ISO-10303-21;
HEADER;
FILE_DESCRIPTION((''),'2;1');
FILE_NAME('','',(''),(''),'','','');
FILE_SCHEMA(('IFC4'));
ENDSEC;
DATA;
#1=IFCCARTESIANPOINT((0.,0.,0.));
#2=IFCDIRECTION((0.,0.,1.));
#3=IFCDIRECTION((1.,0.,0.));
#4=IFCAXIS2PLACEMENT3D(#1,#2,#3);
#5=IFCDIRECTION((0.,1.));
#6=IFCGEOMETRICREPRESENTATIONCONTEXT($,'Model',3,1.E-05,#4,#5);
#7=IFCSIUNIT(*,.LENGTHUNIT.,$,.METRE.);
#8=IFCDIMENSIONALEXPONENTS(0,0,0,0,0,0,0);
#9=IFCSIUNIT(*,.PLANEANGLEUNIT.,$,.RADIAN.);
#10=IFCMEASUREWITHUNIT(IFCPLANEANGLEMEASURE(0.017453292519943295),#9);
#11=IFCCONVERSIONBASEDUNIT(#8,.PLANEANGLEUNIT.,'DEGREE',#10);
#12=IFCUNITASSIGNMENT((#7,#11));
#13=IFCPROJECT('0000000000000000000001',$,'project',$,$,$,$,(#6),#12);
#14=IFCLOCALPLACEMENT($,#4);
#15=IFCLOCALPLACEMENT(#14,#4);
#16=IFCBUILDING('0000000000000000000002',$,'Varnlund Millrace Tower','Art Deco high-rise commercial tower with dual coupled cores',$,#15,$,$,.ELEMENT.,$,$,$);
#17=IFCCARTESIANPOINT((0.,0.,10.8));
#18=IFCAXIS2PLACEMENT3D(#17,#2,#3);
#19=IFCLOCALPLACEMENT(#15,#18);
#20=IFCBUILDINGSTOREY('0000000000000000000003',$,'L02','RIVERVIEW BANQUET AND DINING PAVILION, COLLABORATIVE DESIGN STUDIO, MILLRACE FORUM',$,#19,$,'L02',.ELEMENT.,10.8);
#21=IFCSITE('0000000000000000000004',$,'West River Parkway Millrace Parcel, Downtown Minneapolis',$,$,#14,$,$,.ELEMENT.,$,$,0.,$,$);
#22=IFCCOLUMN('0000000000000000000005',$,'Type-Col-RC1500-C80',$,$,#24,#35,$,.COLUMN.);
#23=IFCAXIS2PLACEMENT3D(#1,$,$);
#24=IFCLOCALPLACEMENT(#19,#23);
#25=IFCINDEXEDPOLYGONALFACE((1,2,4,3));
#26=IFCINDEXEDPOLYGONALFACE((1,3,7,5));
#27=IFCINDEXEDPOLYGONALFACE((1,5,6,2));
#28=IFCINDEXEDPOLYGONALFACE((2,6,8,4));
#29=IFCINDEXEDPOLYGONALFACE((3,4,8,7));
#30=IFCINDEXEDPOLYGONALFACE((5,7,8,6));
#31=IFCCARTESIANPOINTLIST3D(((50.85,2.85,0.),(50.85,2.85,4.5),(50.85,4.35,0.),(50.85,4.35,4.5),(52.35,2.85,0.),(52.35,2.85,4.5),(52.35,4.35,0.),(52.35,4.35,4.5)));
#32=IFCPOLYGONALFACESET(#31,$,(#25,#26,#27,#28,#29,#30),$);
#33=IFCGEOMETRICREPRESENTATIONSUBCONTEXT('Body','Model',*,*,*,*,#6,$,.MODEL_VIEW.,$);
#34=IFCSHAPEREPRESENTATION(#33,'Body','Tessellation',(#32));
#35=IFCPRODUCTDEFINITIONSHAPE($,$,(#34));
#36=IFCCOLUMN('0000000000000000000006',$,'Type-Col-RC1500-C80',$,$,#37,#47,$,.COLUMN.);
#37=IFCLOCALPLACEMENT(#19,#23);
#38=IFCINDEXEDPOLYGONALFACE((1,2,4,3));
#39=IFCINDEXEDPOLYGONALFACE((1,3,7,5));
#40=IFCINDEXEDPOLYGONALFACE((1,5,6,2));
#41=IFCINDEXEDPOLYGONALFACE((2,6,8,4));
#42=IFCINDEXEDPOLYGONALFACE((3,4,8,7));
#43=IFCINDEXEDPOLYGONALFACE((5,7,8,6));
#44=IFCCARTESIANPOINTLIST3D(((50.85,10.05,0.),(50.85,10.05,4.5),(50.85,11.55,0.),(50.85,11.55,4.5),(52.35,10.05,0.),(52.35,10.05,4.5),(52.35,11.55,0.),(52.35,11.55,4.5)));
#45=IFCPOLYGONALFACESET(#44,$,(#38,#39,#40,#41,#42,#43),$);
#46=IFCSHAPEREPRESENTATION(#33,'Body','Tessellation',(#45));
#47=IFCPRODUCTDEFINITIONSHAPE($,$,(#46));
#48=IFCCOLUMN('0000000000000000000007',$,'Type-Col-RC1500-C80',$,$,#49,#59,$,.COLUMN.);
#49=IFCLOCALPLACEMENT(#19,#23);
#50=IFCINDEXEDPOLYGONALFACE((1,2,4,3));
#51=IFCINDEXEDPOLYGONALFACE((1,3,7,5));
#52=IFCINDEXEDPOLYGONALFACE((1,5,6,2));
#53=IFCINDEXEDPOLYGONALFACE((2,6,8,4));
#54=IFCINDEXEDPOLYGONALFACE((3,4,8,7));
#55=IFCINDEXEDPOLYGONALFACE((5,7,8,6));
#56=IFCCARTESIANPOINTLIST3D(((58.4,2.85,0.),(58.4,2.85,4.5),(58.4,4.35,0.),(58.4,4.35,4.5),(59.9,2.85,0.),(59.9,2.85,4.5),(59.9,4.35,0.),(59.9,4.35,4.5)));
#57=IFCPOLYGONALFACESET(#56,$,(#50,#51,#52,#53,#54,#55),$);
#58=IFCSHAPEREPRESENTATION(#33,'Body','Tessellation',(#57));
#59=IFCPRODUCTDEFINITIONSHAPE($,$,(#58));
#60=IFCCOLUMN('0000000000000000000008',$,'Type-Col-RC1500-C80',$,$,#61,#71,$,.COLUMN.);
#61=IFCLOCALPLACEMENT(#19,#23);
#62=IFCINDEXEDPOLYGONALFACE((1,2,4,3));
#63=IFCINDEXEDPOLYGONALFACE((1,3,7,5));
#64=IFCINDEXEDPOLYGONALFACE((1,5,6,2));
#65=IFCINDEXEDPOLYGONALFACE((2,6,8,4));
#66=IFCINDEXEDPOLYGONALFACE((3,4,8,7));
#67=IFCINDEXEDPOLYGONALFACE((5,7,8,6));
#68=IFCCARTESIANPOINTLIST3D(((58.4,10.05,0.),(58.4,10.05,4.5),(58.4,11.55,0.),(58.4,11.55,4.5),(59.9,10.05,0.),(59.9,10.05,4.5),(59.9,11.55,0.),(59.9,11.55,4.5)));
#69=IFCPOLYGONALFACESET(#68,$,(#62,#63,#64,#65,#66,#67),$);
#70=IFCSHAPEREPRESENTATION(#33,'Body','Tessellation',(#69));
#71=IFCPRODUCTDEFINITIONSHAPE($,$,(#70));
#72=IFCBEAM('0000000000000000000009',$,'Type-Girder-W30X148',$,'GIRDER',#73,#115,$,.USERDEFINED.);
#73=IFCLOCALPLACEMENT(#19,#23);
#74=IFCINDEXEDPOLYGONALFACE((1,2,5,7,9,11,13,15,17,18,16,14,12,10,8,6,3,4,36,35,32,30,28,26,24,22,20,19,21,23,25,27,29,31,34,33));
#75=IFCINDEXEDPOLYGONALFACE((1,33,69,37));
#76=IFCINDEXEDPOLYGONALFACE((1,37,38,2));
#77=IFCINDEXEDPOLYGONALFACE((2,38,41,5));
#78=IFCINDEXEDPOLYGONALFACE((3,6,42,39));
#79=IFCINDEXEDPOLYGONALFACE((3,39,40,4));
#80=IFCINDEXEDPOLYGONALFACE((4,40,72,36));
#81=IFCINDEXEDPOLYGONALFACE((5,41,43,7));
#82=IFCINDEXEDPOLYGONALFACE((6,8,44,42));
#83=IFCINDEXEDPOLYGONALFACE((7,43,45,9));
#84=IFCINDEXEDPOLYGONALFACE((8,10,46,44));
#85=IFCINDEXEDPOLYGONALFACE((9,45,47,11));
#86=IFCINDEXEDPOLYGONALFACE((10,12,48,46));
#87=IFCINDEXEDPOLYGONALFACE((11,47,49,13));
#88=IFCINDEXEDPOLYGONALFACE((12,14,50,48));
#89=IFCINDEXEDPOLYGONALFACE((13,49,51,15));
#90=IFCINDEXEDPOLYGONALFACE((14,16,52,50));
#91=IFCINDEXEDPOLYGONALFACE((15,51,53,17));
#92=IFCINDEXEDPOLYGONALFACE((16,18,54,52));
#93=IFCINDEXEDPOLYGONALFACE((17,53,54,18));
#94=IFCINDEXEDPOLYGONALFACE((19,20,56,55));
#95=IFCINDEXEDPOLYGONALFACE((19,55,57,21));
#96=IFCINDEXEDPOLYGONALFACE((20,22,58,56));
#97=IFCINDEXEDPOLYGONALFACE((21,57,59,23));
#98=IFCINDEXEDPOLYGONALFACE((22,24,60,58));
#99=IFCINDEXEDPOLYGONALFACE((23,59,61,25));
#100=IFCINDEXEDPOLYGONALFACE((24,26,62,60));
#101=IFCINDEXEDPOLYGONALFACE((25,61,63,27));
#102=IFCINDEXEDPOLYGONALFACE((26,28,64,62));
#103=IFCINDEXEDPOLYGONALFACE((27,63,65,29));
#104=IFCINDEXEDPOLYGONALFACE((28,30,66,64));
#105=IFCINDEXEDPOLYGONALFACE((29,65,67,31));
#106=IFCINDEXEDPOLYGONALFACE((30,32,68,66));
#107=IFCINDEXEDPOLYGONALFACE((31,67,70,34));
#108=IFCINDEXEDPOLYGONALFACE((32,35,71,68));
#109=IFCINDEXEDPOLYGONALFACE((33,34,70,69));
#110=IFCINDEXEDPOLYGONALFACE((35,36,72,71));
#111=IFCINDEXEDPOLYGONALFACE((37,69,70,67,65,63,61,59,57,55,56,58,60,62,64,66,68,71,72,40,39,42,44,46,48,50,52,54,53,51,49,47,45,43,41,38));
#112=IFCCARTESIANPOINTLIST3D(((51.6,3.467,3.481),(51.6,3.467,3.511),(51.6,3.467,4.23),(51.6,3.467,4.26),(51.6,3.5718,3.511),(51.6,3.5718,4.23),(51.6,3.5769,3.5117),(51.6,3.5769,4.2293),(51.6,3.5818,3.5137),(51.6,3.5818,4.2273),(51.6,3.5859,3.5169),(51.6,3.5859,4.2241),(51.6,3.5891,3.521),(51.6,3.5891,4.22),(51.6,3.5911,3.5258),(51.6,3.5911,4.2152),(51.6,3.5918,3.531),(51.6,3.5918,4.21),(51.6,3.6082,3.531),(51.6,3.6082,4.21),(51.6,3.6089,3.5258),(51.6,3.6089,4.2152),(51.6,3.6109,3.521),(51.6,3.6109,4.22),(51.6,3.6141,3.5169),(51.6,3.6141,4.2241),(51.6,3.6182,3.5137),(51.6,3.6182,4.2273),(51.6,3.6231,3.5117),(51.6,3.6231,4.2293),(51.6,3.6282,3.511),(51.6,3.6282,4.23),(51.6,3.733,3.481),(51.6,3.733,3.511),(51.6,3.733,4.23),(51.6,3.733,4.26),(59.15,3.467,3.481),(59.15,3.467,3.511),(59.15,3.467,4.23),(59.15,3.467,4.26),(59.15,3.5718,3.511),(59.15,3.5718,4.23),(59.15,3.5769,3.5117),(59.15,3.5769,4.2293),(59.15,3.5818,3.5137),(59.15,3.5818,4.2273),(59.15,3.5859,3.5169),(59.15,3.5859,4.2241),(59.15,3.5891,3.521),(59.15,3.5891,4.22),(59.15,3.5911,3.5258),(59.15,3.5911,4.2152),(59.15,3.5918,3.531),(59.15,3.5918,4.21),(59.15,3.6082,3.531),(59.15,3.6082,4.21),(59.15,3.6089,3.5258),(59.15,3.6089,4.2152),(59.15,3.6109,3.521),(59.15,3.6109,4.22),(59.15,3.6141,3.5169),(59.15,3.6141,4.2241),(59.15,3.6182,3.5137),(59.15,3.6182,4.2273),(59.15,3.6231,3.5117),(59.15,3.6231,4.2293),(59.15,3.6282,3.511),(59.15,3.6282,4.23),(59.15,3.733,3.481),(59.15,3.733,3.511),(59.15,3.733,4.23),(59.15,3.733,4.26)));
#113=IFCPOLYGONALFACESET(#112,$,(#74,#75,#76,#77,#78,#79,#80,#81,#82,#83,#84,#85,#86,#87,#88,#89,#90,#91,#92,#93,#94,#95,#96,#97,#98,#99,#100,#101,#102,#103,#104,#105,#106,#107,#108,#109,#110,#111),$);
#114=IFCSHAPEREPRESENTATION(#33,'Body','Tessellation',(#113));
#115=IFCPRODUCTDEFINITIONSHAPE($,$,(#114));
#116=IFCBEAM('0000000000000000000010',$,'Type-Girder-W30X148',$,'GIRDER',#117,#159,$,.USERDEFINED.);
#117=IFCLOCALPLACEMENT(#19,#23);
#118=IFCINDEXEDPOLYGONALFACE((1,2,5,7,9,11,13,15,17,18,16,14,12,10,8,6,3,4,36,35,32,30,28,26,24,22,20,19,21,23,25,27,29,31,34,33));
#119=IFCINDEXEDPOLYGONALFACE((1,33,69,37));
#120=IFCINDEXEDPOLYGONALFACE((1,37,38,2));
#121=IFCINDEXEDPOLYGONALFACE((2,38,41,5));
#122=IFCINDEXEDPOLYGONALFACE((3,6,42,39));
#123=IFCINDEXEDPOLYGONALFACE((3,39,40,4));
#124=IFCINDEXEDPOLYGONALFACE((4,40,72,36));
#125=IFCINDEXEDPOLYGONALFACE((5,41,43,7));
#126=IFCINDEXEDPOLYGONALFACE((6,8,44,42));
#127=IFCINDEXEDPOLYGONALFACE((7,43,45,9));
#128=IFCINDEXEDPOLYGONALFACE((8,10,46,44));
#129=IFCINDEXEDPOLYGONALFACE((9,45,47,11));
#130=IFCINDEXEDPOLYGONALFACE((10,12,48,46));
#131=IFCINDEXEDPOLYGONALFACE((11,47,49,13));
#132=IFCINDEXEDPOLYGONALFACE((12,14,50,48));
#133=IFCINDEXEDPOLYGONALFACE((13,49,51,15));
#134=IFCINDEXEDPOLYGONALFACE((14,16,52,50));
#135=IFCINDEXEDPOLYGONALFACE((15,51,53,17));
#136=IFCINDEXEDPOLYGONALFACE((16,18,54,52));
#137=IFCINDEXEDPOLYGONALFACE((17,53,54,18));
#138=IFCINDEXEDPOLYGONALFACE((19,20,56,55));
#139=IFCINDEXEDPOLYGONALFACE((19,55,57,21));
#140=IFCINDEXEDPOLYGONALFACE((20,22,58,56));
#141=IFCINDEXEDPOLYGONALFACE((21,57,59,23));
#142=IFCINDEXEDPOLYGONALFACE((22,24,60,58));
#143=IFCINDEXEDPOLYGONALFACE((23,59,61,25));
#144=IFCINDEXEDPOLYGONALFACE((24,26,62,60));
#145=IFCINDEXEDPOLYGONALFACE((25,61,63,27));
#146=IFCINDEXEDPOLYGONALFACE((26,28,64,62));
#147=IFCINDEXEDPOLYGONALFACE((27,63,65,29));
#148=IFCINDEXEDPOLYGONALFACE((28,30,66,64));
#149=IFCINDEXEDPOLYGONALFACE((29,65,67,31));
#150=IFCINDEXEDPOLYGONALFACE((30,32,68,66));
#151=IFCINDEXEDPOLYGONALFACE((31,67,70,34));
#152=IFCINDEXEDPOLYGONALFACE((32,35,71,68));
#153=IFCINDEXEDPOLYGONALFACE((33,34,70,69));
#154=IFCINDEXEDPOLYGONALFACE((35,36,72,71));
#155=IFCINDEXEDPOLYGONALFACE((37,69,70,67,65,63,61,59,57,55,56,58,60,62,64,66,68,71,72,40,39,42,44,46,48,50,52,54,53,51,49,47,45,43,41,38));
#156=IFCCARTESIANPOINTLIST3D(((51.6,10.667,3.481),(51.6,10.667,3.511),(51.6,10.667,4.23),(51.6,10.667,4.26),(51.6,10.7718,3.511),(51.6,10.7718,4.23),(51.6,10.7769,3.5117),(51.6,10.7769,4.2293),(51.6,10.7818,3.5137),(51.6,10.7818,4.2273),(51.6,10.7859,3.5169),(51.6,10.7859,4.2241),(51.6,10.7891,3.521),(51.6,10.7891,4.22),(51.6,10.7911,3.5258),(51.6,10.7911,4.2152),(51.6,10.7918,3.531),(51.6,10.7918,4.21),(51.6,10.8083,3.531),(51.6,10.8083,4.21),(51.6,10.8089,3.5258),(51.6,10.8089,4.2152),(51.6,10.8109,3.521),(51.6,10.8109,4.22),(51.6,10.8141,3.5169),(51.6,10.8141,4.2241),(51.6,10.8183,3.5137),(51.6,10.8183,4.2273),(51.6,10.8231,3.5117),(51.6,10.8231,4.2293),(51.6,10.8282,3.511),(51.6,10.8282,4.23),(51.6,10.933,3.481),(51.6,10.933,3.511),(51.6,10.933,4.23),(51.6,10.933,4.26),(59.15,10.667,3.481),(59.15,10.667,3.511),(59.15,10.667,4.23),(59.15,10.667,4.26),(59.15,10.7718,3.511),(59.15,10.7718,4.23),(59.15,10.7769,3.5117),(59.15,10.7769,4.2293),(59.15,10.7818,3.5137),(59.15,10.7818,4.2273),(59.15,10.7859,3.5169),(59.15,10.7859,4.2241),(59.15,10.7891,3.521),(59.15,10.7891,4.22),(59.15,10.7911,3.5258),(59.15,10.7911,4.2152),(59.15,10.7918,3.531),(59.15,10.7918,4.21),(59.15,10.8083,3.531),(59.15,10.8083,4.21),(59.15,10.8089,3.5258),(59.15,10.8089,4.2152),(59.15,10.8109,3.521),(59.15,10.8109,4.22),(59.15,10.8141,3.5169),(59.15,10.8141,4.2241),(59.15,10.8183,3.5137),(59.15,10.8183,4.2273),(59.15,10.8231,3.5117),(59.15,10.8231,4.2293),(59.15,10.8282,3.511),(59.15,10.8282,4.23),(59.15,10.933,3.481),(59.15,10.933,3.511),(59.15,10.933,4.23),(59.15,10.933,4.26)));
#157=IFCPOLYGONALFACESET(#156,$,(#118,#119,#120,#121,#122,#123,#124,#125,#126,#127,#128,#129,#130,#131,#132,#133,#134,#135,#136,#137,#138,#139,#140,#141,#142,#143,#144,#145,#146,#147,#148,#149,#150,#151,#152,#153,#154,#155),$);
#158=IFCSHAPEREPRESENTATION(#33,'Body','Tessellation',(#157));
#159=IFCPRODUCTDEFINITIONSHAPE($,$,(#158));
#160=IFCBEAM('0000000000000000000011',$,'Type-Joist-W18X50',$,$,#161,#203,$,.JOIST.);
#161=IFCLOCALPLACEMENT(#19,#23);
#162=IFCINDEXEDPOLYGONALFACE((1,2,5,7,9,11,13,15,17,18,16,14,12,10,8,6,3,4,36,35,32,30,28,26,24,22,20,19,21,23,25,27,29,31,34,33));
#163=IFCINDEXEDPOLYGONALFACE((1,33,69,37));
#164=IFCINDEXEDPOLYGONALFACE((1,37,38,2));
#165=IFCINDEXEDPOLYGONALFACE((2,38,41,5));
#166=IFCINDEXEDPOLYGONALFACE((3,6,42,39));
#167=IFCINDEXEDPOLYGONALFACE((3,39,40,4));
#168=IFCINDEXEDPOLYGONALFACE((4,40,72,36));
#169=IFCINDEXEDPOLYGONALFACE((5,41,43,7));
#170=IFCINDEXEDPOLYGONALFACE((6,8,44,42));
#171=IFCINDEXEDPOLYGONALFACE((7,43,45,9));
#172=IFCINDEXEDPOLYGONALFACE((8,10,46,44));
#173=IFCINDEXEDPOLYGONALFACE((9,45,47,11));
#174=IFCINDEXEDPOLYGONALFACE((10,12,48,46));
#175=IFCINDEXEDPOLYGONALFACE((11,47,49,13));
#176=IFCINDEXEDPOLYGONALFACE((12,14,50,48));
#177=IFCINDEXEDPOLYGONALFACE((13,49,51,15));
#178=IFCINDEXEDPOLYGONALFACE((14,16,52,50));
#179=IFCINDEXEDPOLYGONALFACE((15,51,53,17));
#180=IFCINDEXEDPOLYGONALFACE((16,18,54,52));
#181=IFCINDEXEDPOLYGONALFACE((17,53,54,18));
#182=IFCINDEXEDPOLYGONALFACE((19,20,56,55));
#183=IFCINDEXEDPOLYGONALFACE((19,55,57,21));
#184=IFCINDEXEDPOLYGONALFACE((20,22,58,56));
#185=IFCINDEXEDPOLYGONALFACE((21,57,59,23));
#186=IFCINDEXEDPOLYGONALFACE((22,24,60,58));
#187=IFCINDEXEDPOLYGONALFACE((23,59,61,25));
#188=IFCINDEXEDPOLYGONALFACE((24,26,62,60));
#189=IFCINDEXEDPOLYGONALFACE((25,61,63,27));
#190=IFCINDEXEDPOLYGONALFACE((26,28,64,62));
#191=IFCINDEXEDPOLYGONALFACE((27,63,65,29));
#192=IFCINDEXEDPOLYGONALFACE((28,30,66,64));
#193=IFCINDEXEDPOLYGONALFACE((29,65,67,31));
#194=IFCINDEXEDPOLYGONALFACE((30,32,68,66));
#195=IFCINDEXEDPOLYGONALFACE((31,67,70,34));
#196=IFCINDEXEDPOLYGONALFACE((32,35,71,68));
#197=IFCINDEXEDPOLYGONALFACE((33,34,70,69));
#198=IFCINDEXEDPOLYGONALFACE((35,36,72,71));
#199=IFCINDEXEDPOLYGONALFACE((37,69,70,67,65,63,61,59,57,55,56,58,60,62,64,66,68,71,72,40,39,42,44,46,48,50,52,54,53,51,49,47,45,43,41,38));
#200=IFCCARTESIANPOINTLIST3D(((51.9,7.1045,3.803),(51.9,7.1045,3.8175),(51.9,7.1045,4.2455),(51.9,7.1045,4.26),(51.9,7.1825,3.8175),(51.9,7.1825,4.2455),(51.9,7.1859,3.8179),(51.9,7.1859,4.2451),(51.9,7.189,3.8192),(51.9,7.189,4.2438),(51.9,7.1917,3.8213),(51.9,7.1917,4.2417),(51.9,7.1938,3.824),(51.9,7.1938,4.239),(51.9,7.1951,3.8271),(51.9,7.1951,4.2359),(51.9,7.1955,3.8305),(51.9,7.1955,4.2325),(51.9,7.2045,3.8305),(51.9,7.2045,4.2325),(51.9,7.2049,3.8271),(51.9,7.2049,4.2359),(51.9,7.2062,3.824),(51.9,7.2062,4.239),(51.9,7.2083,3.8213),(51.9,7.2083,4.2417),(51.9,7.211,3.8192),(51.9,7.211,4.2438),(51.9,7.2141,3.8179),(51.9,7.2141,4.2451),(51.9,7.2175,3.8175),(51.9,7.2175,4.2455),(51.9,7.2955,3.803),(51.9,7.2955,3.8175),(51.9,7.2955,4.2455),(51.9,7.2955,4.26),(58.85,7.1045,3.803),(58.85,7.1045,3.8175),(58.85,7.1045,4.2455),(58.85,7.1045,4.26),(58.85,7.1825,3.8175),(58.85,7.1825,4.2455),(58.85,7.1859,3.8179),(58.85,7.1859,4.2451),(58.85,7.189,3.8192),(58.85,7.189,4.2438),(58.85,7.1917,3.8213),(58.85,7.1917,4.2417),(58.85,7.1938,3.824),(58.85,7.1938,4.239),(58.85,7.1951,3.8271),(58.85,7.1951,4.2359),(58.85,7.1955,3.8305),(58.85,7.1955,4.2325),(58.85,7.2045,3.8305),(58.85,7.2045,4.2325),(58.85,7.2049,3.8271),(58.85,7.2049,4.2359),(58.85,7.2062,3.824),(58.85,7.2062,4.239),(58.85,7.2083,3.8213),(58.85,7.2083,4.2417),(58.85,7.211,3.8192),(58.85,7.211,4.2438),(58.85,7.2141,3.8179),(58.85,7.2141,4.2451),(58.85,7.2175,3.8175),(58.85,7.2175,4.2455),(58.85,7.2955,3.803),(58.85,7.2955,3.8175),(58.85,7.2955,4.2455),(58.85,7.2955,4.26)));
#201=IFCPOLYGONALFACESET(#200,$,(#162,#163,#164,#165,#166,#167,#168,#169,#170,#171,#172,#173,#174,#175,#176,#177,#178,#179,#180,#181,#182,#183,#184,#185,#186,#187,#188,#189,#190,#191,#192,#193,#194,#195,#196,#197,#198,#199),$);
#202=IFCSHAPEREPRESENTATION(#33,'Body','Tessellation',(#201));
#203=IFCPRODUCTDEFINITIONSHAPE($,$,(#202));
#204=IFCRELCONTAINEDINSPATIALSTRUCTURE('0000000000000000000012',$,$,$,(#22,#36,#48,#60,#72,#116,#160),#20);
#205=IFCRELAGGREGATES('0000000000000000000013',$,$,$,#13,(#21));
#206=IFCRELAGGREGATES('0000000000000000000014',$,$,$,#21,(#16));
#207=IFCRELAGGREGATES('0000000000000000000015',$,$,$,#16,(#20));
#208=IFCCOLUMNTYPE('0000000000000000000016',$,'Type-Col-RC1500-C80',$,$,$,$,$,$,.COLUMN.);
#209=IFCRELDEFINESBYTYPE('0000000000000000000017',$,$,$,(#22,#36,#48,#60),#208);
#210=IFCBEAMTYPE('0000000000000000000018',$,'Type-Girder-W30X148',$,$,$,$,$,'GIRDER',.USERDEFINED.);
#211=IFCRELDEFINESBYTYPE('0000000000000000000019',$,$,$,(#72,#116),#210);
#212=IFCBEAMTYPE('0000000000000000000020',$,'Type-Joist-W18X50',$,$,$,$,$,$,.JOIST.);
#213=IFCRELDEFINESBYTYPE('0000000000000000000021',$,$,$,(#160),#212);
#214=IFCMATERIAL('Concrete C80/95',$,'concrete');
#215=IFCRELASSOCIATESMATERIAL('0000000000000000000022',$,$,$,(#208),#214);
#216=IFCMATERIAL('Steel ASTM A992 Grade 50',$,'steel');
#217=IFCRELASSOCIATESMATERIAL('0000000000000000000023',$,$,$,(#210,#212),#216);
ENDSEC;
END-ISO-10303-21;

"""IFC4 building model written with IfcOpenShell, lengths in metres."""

from ifc_helpers import new_model, entity, si_unit, converted_unit, direction, frame, origin_with_axes, origin_2d_with_axis, place, context, subcontext, project, spatial, rectangle, i_section, extrude, material, material_profile, profile_set, type_object, element, save


model = new_model("IFC4")

# Units and contexts
model_context = context("Model", 3, precision=1e-05, world=origin_with_axes(), true_north=direction((0.0, 1.0)))
body_context = subcontext(model_context, "Body", "Model", "MODEL_VIEW")
ifc_project = project(units=[si_unit("LENGTHUNIT", "METRE"), converted_unit("PLANEANGLEUNIT", "DEGREE", entity("IfcPlaneAngleMeasure", 0.017453292519943295), si_unit("PLANEANGLEUNIT", "RADIAN"), dimensions=[0, 0, 0, 0, 0, 0, 0])], contexts=[model_context])

# Site, building, storey
site_placement = place(None, origin_with_axes())
site = spatial("IfcSite", under=ifc_project, at=site_placement, Name="West River Parkway Millrace Parcel, Downtown Minneapolis", CompositionType="ELEMENT", RefElevation=0.0)
building_placement = place(site_placement, origin_with_axes())
building = spatial("IfcBuilding", under=site, at=building_placement, Name="Varnlund Millrace Tower", Description="Art Deco high-rise commercial tower with dual coupled cores", CompositionType="ELEMENT")
storey_placement = place(building_placement, frame((0.0, 0.0, 10.8), z_axis=(0.0, 0.0, 1.0), x_axis=(1.0, 0.0, 0.0)))
storey = spatial("IfcBuildingStorey", under=building, at=storey_placement, Name="L02", Description="RIVERVIEW BANQUET AND DINING PAVILION, COLLABORATIVE DESIGN STUDIO, MILLRACE FORUM", LongName="L02", CompositionType="ELEMENT", Elevation=10.8)

# Columns
ifc_material_1 = material(Name="Concrete C80/95", Category="concrete")
ifc_material_profile_1 = material_profile(ifc_material_1, rectangle(XDim=1.5, YDim=1.5, at=origin_2d_with_axis()), Name="Concrete C80/95")
ifc_profile_set_1 = profile_set([ifc_material_profile_1], Name="Concrete C80/95")
column_type = type_object("IfcColumnType", Name="Type-Col-RC1500-C80", PredefinedType="COLUMN", material=ifc_profile_set_1)
for number, where, z_axis, x_axis, name in (
    (1, (51.6, 3.6, 0.0), (0.0, 0.0, 1.0), (1.0, 0.0, 0.0), "Type-Col-RC1500-C80"),
    (2, (51.6, 10.8, 0.0), (0.0, 0.0, 1.0), (1.0, 0.0, 0.0), "Type-Col-RC1500-C80"),
    (3, (59.15, 3.6, 0.0), (0.0, 0.0, 1.0), (1.0, 0.0, 0.0), "Type-Col-RC1500-C80"),
    (4, (59.15, 10.8, 0.0), (0.0, 0.0, 1.0), (1.0, 0.0, 0.0), "Type-Col-RC1500-C80"),
):
    element("IfcColumn", number, at=place(storey_placement, frame(where, z_axis=z_axis, x_axis=x_axis)), inside=storey, type_object=column_type, Name=name, PredefinedType="COLUMN", context=body_context, shape_type="SweptSolid", body=[
        extrude(rectangle(XDim=1.5, YDim=1.5, at=origin_2d_with_axis()), origin_with_axes(), (0.0, 0.0, 1.0), 4.5),
    ])

# Beams
ifc_material_2 = material(Name="Steel ASTM A992 Grade 50", Category="steel")
ifc_material_profile_2 = material_profile(ifc_material_2, i_section(OverallWidth=0.266, OverallDepth=0.779, WebThickness=0.0165, FlangeThickness=0.03, FilletRadius=0.02, at=origin_2d_with_axis()), Name="Steel ASTM A992 Grade 50")
ifc_profile_set_2 = profile_set([ifc_material_profile_2], Name="Steel ASTM A992 Grade 50")
beam_type_1 = type_object("IfcBeamType", Name="Type-Girder-W30X148", ElementType="GIRDER", PredefinedType="USERDEFINED", material=ifc_profile_set_2)
for number, where, z_axis, x_axis, name in (
    (5, (51.6, 3.6, 3.8705), (1.0, 0.0, 0.0), (0.0, 1.0, 0.0), "Type-Girder-W30X148"),
    (6, (51.6, 10.8, 3.8705), (1.0, 0.0, 0.0), (0.0, 1.0, 0.0), "Type-Girder-W30X148"),
):
    element("IfcBeam", number, at=place(storey_placement, frame(where, z_axis=z_axis, x_axis=x_axis)), inside=storey, type_object=beam_type_1, Name=name, ObjectType="GIRDER", PredefinedType="USERDEFINED", context=body_context, shape_type="SweptSolid", body=[
        extrude(i_section(OverallWidth=0.266, OverallDepth=0.779, WebThickness=0.0165, FlangeThickness=0.03, FilletRadius=0.02, at=origin_2d_with_axis()), origin_with_axes(), (0.0, 0.0, 1.0), 7.55),
    ])
ifc_material_profile_3 = material_profile(ifc_material_2, i_section(OverallWidth=0.191, OverallDepth=0.457, WebThickness=0.009, FlangeThickness=0.0145, FilletRadius=0.013, at=origin_2d_with_axis()), Name="Steel ASTM A992 Grade 50")
ifc_profile_set_3 = profile_set([ifc_material_profile_3], Name="Steel ASTM A992 Grade 50")
beam_type_2 = type_object("IfcBeamType", Name="Type-Joist-W18X50", PredefinedType="JOIST", material=ifc_profile_set_3)
beam_placement = place(storey_placement, frame((51.9, 7.2, 4.0315), z_axis=(1.0, 0.0, 0.0), x_axis=(0.0, 1.0, 0.0)))
element("IfcBeam", 7, at=beam_placement, inside=storey, type_object=beam_type_2, Name="Type-Joist-W18X50", PredefinedType="JOIST", context=body_context, shape_type="SweptSolid", body=[
    extrude(i_section(OverallWidth=0.191, OverallDepth=0.457, WebThickness=0.009, FlangeThickness=0.0145, FilletRadius=0.013, at=origin_2d_with_axis()), origin_with_axes(), (0.0, 0.0, 1.0), 6.95),
])

save(model, "model.ifc")
